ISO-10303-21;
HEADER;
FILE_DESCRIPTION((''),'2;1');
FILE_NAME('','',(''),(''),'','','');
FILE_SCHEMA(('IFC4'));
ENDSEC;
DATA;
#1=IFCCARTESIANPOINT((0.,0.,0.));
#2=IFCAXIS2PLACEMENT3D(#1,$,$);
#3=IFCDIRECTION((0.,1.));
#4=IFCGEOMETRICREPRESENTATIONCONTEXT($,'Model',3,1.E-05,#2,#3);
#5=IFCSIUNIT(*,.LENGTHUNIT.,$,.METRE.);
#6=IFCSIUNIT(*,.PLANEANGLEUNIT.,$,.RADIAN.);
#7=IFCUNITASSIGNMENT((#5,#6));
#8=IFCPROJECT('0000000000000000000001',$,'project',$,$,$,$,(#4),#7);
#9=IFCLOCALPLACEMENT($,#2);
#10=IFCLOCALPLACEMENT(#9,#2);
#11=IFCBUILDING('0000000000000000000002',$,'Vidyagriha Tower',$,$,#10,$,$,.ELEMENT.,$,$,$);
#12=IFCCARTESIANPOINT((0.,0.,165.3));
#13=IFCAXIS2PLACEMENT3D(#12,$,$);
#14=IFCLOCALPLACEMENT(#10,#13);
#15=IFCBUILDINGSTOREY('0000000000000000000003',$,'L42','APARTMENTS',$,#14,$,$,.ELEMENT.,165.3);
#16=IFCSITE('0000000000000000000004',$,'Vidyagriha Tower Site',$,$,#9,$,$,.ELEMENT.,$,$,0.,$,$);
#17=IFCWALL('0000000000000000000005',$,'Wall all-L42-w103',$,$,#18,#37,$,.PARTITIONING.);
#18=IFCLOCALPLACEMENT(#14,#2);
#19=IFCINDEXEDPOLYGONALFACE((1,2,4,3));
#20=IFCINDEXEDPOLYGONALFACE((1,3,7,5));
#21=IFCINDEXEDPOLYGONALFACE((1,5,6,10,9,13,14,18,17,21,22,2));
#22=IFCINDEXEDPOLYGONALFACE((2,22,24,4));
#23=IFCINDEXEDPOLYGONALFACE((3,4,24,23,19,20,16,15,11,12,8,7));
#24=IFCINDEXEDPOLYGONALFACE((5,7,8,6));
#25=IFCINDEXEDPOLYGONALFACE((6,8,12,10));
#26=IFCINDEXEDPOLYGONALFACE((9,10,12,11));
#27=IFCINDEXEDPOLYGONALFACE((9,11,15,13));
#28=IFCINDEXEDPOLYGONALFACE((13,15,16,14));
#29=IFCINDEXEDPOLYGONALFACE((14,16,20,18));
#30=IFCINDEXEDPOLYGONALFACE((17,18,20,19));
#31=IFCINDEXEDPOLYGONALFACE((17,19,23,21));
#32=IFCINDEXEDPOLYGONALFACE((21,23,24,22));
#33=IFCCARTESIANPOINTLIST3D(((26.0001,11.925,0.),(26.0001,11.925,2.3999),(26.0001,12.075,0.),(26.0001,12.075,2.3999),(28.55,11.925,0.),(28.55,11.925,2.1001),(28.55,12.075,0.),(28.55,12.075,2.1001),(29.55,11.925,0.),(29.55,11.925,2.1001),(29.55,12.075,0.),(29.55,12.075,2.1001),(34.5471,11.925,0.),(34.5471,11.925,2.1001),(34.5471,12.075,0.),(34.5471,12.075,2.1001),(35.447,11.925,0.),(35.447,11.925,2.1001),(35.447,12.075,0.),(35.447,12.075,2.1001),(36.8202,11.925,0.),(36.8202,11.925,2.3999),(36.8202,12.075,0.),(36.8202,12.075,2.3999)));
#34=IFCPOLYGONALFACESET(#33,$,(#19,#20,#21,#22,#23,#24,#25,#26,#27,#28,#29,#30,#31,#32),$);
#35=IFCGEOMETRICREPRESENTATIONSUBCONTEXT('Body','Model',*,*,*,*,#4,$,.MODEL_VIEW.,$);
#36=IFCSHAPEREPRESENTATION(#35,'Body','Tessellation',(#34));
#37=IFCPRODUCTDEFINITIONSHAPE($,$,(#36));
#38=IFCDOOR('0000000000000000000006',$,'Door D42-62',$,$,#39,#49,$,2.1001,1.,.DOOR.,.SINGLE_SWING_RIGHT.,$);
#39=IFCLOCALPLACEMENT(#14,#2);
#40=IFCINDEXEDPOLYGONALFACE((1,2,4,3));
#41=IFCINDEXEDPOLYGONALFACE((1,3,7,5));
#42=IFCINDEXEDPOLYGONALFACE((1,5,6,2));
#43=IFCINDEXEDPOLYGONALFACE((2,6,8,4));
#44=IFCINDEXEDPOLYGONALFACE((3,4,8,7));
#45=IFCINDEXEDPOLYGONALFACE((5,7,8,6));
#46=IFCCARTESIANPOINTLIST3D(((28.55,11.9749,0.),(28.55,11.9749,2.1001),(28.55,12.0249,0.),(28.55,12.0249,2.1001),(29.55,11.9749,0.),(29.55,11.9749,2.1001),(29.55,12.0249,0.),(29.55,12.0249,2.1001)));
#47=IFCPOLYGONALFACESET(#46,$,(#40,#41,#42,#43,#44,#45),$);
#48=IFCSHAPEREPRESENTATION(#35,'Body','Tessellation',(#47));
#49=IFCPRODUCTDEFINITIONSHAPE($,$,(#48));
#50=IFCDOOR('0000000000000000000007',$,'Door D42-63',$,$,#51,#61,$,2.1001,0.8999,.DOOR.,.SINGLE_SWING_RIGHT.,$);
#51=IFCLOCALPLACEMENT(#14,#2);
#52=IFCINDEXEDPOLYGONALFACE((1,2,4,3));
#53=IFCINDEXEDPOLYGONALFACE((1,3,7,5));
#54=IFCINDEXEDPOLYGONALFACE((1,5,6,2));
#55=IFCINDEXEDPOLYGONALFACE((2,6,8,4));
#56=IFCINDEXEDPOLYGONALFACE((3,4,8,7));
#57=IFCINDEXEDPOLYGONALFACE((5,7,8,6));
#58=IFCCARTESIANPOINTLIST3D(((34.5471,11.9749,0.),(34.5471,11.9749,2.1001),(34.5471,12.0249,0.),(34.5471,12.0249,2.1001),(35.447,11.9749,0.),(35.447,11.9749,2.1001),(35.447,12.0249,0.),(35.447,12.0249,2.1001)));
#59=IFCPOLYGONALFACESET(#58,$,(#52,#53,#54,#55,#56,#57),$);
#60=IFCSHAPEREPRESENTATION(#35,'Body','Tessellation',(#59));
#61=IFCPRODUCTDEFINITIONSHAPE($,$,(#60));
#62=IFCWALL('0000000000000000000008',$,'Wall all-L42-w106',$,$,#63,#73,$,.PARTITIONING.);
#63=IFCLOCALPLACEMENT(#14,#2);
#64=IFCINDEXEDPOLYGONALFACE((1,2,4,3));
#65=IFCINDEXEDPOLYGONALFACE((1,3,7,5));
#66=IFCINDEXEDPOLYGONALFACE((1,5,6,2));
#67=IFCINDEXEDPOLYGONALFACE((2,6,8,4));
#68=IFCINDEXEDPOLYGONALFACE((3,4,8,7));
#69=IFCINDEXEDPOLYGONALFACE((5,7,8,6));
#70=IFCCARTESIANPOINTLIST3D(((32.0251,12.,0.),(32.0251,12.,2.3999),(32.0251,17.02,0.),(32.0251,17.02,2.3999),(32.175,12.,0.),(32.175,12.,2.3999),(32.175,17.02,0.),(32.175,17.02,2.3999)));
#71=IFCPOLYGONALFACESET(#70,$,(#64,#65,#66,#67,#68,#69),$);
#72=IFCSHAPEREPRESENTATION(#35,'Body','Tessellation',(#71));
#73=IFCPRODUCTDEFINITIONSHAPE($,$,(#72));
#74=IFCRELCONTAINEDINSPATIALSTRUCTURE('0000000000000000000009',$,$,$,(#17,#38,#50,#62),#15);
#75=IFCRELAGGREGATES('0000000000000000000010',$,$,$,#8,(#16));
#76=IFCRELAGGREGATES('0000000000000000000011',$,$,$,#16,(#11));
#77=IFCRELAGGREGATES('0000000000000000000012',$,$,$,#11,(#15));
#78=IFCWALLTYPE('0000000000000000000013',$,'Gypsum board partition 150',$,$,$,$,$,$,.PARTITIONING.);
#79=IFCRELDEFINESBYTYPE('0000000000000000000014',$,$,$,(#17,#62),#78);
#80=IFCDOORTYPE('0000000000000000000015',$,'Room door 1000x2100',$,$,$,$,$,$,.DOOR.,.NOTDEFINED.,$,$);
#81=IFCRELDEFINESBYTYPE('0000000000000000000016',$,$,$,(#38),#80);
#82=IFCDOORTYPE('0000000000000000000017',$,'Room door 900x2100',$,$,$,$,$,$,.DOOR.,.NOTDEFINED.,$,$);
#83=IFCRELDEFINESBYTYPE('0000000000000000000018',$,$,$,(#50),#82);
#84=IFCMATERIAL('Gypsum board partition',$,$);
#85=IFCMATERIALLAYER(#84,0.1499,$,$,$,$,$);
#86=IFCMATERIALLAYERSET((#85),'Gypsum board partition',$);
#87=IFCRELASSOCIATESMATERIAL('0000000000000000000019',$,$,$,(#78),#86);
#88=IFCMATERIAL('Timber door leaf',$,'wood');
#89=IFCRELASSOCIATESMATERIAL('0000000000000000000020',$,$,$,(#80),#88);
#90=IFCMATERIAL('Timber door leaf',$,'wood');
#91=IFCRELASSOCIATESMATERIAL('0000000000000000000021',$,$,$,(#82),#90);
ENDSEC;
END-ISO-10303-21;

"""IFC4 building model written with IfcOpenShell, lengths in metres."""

from ifc_helpers import new_model, si_unit, direction, frame, frame_2d, origin, place, context, subcontext, project, spatial, rectangle, extrude, material, layer, layer_set, type_object, element, fill, save


model = new_model("IFC4")

# Units and contexts
model_context = context("Model", 3, precision=1e-05, world=origin(), true_north=direction((0.0, 1.0)))
body_context = subcontext(model_context, "Body", "Model", "MODEL_VIEW")
ifc_project = project(units=[si_unit("LENGTHUNIT", "METRE"), si_unit("PLANEANGLEUNIT", "RADIAN")], contexts=[model_context])

# Site, building, storey
site_placement = place(None, origin())
site = spatial("IfcSite", under=ifc_project, at=site_placement, Name="Vidyagriha Tower Site", CompositionType="ELEMENT", RefElevation=0.0)
building_placement = place(site_placement, origin())
building = spatial("IfcBuilding", under=site, at=building_placement, Name="Vidyagriha Tower", CompositionType="ELEMENT")
storey_placement = place(building_placement, frame((0.0, 0.0, 165.3)))
storey = spatial("IfcBuildingStorey", under=building, at=storey_placement, Name="L42", Description="APARTMENTS", CompositionType="ELEMENT", Elevation=165.3)

# Wall, openings, doors
ifc_material_1 = material(Name="Gypsum board partition")
ifc_layer_1 = layer(ifc_material_1, 0.1499)
ifc_layer_set_1 = layer_set([ifc_layer_1], Name="Gypsum board partition")
wall_type_1 = type_object("IfcWallType", Name="Gypsum board partition 150", PredefinedType="PARTITIONING", material=ifc_layer_set_1)
wall_1_placement = place(storey_placement, frame((26.0, 12.0, 0.0)))
wall_1 = element("IfcWall", 1, at=wall_1_placement, inside=storey, type_object=wall_type_1, Name="Wall all-L42-w103", PredefinedType="PARTITIONING", context=body_context, shape_type="SweptSolid", body=[
    extrude(rectangle(XDim=10.8201, YDim=0.1499, at=frame_2d((5.4102, 0.0))), origin(), (0.0, 0.0, 1.0), 2.3999),
])
opening_1_placement = place(wall_1_placement, frame((2.55, 0.0, 0.0)))
opening_1 = element("IfcOpeningElement", 2, at=opening_1_placement, cuts=wall_1, PredefinedType="OPENING", context=body_context, shape_type="SweptSolid", body=[
    extrude(rectangle(XDim=1.0, YDim=2.1001, at=frame_2d((0.5, 1.05))), frame((0.0, 0.085, 0.0), z_axis=(0.0, -1.0, 0.0), x_axis=(1.0, 0.0, 0.0)), (0.0, 0.0, 1.0), 0.1699),
])
opening_2_placement = place(wall_1_placement, frame((8.5471, 0.0, 0.0)))
opening_2 = element("IfcOpeningElement", 3, at=opening_2_placement, cuts=wall_1, PredefinedType="OPENING", context=body_context, shape_type="SweptSolid", body=[
    extrude(rectangle(XDim=0.8999, YDim=2.1001, at=frame_2d((0.45, 1.05))), frame((0.0, 0.085, 0.0), z_axis=(0.0, -1.0, 0.0), x_axis=(1.0, 0.0, 0.0)), (0.0, 0.0, 1.0), 0.1699),
])
ifc_material_2 = material(Name="Timber door leaf", Category="wood")
door_type_1 = type_object("IfcDoorType", Name="Room door 1000x2100", OperationType="NOTDEFINED", PredefinedType="DOOR", material=ifc_material_2)
door_1_placement = place(opening_1_placement, origin())
door_1 = element("IfcDoor", 4, at=door_1_placement, inside=storey, type_object=door_type_1, Name="Door D42-62", OperationType="SINGLE_SWING_RIGHT", OverallHeight=2.1001, OverallWidth=1.0, PredefinedType="DOOR", context=body_context, shape_type="SweptSolid", body=[
    extrude(rectangle(XDim=1.0, YDim=2.1001, at=frame_2d((0.5, 1.05))), frame((0.0, 0.0249, 0.0), z_axis=(0.0, -1.0, 0.0), x_axis=(1.0, 0.0, 0.0)), (0.0, 0.0, 1.0), 0.05),
])
fill(opening_1, door_1)
ifc_material_3 = material(Name="Timber door leaf", Category="wood")
door_type_2 = type_object("IfcDoorType", Name="Room door 900x2100", OperationType="NOTDEFINED", PredefinedType="DOOR", material=ifc_material_3)
door_2_placement = place(opening_2_placement, origin())
door_2 = element("IfcDoor", 5, at=door_2_placement, inside=storey, type_object=door_type_2, Name="Door D42-63", OperationType="SINGLE_SWING_RIGHT", OverallHeight=2.1001, OverallWidth=0.8999, PredefinedType="DOOR", context=body_context, shape_type="SweptSolid", body=[
    extrude(rectangle(XDim=0.8999, YDim=2.1001, at=frame_2d((0.45, 1.05))), frame((0.0, 0.0249, 0.0), z_axis=(0.0, -1.0, 0.0), x_axis=(1.0, 0.0, 0.0)), (0.0, 0.0, 1.0), 0.05),
])
fill(opening_2, door_2)

# Wall
wall_2_placement = place(storey_placement, frame((32.1001, 17.02, 0.0), z_axis=(0.0, 0.0, 1.0), x_axis=(0.0, -1.0, 0.0)))
element("IfcWall", 6, at=wall_2_placement, inside=storey, type_object=wall_type_1, Name="Wall all-L42-w106", PredefinedType="PARTITIONING", context=body_context, shape_type="SweptSolid", body=[
    extrude(rectangle(XDim=5.02, YDim=0.1499, at=frame_2d((2.51, 0.0))), origin(), (0.0, 0.0, 1.0), 2.3999),
])

save(model, "model.ifc")
